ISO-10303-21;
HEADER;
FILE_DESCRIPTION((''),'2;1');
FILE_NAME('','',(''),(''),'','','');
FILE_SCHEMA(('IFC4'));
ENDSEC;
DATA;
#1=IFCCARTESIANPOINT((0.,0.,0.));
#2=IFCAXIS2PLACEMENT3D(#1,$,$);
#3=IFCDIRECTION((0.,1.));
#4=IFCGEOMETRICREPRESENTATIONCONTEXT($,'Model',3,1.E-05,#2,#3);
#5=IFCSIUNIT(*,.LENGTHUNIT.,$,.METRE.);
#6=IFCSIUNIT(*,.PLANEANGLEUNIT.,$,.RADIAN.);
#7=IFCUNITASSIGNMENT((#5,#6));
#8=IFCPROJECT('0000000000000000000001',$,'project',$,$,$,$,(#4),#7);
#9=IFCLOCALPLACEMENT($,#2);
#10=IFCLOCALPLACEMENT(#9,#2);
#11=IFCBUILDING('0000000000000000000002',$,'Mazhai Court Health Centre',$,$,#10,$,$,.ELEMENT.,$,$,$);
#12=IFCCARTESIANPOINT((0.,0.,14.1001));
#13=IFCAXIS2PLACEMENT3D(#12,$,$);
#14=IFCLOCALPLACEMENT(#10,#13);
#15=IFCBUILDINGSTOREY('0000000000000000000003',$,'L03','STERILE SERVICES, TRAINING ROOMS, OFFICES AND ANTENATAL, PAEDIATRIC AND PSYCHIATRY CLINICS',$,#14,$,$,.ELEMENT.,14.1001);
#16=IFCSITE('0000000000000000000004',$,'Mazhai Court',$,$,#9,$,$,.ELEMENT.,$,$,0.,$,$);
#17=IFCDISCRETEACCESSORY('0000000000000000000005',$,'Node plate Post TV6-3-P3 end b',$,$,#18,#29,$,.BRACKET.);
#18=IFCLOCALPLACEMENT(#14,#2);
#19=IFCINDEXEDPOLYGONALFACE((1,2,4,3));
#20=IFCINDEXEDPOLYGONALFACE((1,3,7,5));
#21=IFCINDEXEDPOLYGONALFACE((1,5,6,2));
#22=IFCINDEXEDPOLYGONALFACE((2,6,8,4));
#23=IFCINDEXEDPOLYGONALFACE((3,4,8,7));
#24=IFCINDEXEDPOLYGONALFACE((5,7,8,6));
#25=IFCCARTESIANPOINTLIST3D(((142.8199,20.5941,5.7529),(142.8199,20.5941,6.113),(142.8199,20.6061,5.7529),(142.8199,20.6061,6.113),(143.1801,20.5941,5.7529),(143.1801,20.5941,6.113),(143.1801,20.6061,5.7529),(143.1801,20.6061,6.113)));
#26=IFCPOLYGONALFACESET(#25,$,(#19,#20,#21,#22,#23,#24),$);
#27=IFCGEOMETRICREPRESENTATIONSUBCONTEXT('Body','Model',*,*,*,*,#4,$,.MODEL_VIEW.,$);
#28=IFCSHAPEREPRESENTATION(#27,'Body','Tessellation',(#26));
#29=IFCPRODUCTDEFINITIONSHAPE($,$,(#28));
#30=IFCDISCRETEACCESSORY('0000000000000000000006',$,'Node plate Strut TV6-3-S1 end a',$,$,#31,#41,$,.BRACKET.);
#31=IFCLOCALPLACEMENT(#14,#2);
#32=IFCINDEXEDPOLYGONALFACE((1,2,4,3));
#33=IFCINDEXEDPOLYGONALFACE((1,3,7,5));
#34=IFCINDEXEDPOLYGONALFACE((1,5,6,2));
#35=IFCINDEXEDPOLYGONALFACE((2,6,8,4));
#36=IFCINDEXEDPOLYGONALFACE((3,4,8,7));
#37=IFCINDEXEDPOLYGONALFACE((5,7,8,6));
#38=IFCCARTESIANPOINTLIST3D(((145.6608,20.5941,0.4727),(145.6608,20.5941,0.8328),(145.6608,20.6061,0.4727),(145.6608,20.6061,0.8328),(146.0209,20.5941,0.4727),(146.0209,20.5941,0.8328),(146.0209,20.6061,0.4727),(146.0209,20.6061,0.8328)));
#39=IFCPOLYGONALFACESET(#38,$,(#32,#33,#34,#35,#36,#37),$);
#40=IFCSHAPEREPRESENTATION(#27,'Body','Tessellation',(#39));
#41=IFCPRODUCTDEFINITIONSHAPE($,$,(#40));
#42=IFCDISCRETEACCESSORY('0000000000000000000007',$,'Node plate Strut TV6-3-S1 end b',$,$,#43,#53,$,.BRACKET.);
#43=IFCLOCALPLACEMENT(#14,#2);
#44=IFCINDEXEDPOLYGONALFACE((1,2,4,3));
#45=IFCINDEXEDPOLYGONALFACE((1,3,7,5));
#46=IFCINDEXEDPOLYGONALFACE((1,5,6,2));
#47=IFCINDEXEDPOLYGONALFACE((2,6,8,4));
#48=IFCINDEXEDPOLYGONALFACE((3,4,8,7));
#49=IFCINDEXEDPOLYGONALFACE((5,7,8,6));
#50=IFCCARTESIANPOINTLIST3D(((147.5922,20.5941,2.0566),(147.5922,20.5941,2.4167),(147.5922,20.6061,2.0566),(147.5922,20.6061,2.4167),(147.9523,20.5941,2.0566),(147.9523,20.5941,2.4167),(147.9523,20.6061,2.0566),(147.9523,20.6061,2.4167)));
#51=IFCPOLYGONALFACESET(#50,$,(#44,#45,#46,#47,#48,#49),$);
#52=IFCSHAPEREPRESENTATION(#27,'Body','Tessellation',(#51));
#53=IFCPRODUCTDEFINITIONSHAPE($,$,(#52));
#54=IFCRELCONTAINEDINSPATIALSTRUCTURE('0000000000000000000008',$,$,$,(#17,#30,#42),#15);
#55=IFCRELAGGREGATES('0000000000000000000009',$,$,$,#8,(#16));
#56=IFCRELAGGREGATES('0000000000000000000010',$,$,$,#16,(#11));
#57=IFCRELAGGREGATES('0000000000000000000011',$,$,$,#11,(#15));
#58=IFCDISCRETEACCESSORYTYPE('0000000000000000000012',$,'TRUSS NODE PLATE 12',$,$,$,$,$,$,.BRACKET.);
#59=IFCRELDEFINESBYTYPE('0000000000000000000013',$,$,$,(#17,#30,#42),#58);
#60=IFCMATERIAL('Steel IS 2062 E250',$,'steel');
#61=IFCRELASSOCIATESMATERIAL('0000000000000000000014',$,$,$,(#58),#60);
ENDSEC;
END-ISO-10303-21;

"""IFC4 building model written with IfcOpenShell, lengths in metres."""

from ifc_helpers import new_model, si_unit, direction, frame, origin, origin_2d, place, context, subcontext, project, spatial, rectangle, extrude, material, type_object, element, save


model = new_model("IFC4")

# Units and contexts
model_context = context("Model", 3, precision=1e-05, world=origin(), true_north=direction((0.0, 1.0)))
body_context = subcontext(model_context, "Body", "Model", "MODEL_VIEW")
ifc_project = project(units=[si_unit("LENGTHUNIT", "METRE"), si_unit("PLANEANGLEUNIT", "RADIAN")], contexts=[model_context])

# Site, building, storey
site_placement = place(None, origin())
site = spatial("IfcSite", under=ifc_project, at=site_placement, Name="Mazhai Court", CompositionType="ELEMENT", RefElevation=0.0)
building_placement = place(site_placement, origin())
building = spatial("IfcBuilding", under=site, at=building_placement, Name="Mazhai Court Health Centre", CompositionType="ELEMENT")
storey_placement = place(building_placement, frame((0.0, 0.0, 14.1001)))
storey = spatial("IfcBuildingStorey", under=building, at=storey_placement, Name="L03", Description="STERILE SERVICES, TRAINING ROOMS, OFFICES AND ANTENATAL, PAEDIATRIC AND PSYCHIATRY CLINICS", CompositionType="ELEMENT", Elevation=14.1001)

# Discrete accessories
ifc_material_1 = material(Name="Steel IS 2062 E250", Category="steel")
discrete_accessory_type = type_object("IfcDiscreteAccessoryType", Name="TRUSS NODE PLATE 12", PredefinedType="BRACKET", material=ifc_material_1)
for number, where, z_axis, x_axis, name in (
    (1, (143.0, 20.6001, 5.7529), (0.0, 0.0, 1.0), (1.0, 0.0, 0.0), "Node plate Post TV6-3-P3 end b"),
    (2, (145.8408, 20.6001, 0.4727), (0.0, 0.0, 1.0), (1.0, 0.0, 0.0), "Node plate Strut TV6-3-S1 end a"),
    (3, (147.7722, 20.6001, 2.0566), (0.0, 0.0, 1.0), (1.0, 0.0, 0.0), "Node plate Strut TV6-3-S1 end b"),
):
    element("IfcDiscreteAccessory", number, at=place(storey_placement, frame(where, z_axis=z_axis, x_axis=x_axis)), inside=storey, type_object=discrete_accessory_type, Name=name, PredefinedType="BRACKET", context=body_context, shape_type="SweptSolid", body=[
        extrude(rectangle(XDim=0.3601, YDim=0.012, at=origin_2d()), origin(), (0.0, 0.0, 1.0), 0.3601),
    ])

save(model, "model.ifc")
